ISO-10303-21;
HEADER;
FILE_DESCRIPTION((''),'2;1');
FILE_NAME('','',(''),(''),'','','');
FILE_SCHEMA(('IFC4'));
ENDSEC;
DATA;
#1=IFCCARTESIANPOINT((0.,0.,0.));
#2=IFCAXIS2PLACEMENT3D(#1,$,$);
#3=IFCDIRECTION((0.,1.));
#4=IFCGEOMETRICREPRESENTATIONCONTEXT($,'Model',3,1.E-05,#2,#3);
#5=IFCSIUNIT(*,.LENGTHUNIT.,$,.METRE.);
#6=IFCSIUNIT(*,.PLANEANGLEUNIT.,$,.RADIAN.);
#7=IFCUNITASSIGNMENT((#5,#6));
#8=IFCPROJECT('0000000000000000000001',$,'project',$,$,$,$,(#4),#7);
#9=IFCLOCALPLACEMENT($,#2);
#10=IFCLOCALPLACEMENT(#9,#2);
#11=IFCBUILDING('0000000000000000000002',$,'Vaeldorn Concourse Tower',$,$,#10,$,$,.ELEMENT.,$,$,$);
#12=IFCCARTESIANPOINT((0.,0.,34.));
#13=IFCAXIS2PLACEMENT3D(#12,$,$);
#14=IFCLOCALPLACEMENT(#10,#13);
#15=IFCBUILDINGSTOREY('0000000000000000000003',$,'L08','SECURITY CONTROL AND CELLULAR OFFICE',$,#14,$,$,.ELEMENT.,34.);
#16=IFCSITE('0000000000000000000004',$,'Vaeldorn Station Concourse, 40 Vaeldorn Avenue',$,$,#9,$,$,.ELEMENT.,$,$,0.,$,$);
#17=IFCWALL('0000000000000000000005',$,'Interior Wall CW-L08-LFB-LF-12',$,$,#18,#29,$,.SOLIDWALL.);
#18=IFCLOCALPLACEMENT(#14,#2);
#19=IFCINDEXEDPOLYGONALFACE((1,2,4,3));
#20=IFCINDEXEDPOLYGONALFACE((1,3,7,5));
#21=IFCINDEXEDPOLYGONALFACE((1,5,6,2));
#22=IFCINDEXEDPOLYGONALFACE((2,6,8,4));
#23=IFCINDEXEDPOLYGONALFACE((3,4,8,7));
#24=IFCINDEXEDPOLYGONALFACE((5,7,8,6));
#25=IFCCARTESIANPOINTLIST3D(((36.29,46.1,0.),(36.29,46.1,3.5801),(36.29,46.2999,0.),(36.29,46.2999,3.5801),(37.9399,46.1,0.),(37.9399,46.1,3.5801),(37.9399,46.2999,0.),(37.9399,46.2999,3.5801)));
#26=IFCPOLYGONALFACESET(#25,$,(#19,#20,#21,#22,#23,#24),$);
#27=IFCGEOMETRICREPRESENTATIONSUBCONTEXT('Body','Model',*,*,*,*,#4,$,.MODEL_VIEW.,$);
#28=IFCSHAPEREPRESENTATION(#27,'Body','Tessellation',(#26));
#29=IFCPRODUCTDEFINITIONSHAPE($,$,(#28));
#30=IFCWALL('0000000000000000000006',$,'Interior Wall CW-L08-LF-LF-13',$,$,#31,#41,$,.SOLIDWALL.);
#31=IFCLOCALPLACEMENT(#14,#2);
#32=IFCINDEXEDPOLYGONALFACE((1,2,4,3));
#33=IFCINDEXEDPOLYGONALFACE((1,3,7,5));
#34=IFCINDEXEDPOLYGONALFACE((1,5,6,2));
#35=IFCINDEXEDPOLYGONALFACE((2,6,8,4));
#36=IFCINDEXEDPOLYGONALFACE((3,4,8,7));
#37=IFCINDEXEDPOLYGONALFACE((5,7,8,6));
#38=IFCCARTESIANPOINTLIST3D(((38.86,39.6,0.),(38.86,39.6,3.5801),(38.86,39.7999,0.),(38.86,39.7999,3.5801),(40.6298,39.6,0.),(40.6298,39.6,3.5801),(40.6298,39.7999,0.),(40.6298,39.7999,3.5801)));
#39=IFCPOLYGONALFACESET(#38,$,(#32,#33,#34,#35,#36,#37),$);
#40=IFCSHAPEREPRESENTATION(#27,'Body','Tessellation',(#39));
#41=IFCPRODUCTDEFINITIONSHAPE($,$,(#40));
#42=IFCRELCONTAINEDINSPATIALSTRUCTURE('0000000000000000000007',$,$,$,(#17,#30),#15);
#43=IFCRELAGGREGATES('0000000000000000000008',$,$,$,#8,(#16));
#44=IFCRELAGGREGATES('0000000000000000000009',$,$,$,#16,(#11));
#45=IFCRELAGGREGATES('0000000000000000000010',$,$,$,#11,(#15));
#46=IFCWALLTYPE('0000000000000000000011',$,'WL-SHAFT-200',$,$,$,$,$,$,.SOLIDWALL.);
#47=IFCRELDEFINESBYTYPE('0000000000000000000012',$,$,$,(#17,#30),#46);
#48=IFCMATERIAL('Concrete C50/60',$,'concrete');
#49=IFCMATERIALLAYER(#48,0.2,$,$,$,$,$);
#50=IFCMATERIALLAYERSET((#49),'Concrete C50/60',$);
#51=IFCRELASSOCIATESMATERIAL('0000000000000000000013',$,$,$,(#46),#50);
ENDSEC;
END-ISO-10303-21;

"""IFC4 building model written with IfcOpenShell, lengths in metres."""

from ifc_helpers import new_model, si_unit, direction, frame, frame_2d, origin, place, context, subcontext, project, spatial, rectangle, extrude, material, layer, layer_set, type_object, element, save


model = new_model("IFC4")

# Units and contexts
model_context = context("Model", 3, precision=1e-05, world=origin(), true_north=direction((0.0, 1.0)))
body_context = subcontext(model_context, "Body", "Model", "MODEL_VIEW")
ifc_project = project(units=[si_unit("LENGTHUNIT", "METRE"), si_unit("PLANEANGLEUNIT", "RADIAN")], contexts=[model_context])

# Site, building, storey
site_placement = place(None, origin())
site = spatial("IfcSite", under=ifc_project, at=site_placement, Name="Vaeldorn Station Concourse, 40 Vaeldorn Avenue", CompositionType="ELEMENT", RefElevation=0.0)
building_placement = place(site_placement, origin())
building = spatial("IfcBuilding", under=site, at=building_placement, Name="Vaeldorn Concourse Tower", CompositionType="ELEMENT")
storey_placement = place(building_placement, frame((0.0, 0.0, 34.0)))
storey = spatial("IfcBuildingStorey", under=building, at=storey_placement, Name="L08", Description="SECURITY CONTROL AND CELLULAR OFFICE", CompositionType="ELEMENT", Elevation=34.0)

# Walls
ifc_material_1 = material(Name="Concrete C50/60", Category="concrete")
ifc_layer_1 = layer(ifc_material_1, 0.2)
ifc_layer_set_1 = layer_set([ifc_layer_1], Name="Concrete C50/60")
wall_type_1 = type_object("IfcWallType", Name="WL-SHAFT-200", PredefinedType="SOLIDWALL", material=ifc_layer_set_1)
for number, where, z_axis, x_axis, name in (
    (1, (36.29, 46.2, 0.0), (0.0, 0.0, 1.0), (1.0, 0.0, 0.0), "Interior Wall CW-L08-LFB-LF-12"),
):
    element("IfcWall", number, at=place(storey_placement, frame(where, z_axis=z_axis, x_axis=x_axis)), inside=storey, type_object=wall_type_1, Name=name, PredefinedType="SOLIDWALL", context=body_context, shape_type="SweptSolid", body=[
        extrude(rectangle(XDim=1.6499, YDim=0.2, at=frame_2d((0.825, 0.0))), origin(), (0.0, 0.0, 1.0), 3.5801),
    ])
wall_1_placement = place(storey_placement, frame((38.8601, 39.7, 0.0), z_axis=(0.0, 0.0, 1.0), x_axis=(1.0, 0.0, 0.0)))
element("IfcWall", 2, at=wall_1_placement, inside=storey, type_object=wall_type_1, Name="Interior Wall CW-L08-LF-LF-13", PredefinedType="SOLIDWALL", context=body_context, shape_type="SweptSolid", body=[
    extrude(rectangle(XDim=1.7698, YDim=0.2, at=frame_2d((0.8848, 0.0))), origin(), (0.0, 0.0, 1.0), 3.5801),
])

save(model, "model.ifc")
